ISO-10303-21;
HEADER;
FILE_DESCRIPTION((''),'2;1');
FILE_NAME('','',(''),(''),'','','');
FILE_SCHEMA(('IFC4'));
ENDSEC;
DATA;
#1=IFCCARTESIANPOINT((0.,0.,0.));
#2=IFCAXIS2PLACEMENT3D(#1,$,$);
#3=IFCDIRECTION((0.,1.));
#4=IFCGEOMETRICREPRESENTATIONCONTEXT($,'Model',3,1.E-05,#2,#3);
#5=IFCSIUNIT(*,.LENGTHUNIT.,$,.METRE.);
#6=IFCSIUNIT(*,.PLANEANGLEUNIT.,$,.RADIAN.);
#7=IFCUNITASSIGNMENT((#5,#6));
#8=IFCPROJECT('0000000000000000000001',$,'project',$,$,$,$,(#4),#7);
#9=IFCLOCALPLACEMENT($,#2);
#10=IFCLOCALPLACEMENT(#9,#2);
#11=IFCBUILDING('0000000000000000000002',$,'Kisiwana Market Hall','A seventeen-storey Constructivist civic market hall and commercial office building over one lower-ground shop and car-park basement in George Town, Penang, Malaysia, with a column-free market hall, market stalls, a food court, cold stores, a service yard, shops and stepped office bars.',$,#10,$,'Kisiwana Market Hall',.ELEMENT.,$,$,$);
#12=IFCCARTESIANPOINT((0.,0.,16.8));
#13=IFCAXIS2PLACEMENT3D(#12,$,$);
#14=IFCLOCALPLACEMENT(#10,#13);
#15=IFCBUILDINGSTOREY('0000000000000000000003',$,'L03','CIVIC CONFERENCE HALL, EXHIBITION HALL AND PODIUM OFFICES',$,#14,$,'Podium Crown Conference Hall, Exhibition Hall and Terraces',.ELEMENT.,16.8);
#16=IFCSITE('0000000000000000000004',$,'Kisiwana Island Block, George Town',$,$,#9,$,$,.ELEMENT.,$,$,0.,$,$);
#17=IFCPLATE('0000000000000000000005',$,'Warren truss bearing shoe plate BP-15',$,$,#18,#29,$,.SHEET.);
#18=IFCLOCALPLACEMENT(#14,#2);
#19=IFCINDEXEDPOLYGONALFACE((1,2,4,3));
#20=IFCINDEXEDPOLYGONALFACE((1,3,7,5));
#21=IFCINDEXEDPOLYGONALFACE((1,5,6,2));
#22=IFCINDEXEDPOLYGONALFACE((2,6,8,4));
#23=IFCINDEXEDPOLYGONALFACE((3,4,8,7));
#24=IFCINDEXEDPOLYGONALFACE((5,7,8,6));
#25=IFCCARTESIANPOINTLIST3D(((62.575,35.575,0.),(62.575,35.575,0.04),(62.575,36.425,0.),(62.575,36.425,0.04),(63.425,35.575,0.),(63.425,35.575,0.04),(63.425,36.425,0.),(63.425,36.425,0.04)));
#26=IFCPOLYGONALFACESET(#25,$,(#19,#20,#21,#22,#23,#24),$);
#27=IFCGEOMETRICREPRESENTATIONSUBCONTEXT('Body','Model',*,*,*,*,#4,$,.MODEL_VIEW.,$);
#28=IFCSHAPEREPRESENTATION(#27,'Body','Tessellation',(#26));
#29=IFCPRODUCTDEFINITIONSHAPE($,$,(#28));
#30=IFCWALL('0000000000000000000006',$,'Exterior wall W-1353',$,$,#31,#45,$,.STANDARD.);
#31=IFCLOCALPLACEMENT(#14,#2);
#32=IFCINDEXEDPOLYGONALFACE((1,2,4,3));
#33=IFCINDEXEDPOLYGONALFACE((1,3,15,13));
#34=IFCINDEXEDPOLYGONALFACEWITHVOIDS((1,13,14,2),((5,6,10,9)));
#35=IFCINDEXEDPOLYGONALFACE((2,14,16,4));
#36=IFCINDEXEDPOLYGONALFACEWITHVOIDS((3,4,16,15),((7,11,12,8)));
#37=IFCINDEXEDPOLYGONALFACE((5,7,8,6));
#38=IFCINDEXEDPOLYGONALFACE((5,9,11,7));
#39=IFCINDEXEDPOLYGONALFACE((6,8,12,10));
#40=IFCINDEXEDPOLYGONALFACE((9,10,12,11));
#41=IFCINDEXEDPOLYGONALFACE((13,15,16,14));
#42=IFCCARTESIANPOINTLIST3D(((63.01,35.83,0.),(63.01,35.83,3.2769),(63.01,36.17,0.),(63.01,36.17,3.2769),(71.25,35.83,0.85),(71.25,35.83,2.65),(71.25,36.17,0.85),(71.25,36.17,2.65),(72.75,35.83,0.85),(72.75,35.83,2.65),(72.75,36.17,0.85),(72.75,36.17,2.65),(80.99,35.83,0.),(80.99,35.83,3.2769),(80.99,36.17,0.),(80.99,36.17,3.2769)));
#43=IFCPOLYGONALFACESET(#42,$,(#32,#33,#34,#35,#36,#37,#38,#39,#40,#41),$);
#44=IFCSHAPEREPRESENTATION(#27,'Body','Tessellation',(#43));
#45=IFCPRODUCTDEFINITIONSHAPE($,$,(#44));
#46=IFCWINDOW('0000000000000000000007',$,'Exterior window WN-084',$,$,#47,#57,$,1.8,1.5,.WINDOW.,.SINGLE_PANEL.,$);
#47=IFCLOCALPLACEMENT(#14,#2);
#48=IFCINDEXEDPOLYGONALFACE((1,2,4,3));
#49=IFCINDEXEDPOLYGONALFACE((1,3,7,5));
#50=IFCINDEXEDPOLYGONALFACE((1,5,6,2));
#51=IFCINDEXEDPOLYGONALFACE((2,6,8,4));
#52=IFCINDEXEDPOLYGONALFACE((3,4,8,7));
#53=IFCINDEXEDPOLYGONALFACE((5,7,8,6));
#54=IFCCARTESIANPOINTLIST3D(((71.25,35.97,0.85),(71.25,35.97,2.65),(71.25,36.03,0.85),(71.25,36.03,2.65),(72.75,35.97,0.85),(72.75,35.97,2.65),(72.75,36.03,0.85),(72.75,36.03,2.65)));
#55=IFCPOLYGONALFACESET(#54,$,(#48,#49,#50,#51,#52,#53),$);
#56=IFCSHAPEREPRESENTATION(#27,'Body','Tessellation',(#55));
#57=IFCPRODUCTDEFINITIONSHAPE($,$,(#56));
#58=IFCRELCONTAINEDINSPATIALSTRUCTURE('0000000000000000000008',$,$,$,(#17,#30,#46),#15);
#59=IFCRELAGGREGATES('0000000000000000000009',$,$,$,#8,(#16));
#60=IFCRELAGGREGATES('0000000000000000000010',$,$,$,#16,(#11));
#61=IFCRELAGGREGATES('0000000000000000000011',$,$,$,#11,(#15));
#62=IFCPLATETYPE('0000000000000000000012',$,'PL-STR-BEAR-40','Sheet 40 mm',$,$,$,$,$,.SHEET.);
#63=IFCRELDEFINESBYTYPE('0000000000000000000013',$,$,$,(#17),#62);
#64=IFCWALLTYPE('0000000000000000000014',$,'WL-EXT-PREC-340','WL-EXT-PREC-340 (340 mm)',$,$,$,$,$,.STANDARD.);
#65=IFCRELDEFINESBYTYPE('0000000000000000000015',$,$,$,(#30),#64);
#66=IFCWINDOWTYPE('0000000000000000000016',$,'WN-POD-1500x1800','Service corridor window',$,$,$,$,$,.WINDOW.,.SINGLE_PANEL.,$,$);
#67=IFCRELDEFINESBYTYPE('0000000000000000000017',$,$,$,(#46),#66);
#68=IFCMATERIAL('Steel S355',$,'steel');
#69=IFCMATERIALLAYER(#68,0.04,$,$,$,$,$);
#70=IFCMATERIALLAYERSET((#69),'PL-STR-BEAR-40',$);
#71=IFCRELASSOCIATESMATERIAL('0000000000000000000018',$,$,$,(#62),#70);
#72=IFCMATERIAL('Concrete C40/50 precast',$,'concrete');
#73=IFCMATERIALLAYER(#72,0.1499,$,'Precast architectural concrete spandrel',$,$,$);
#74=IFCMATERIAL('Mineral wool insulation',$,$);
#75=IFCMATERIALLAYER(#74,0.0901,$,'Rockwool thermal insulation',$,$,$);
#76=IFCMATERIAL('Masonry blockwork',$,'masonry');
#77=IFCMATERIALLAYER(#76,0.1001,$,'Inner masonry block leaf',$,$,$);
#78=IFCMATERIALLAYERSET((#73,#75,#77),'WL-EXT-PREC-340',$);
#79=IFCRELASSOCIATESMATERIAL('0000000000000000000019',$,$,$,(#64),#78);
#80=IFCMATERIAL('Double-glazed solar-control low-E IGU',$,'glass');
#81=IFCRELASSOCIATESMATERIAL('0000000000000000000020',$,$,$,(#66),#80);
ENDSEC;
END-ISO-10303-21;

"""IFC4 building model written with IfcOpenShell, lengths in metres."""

from ifc_helpers import new_model, si_unit, direction, frame, frame_2d, origin, origin_2d, place, context, subcontext, project, spatial, rectangle, extrude, material, layer, layer_set, type_object, element, fill, save


model = new_model("IFC4")

# Units and contexts
model_context = context("Model", 3, precision=1e-05, world=origin(), true_north=direction((0.0, 1.0)))
body_context = subcontext(model_context, "Body", "Model", "MODEL_VIEW")
ifc_project = project(units=[si_unit("LENGTHUNIT", "METRE"), si_unit("PLANEANGLEUNIT", "RADIAN")], contexts=[model_context])

# Site, building, storey
site_placement = place(None, origin())
site = spatial("IfcSite", under=ifc_project, at=site_placement, Name="Kisiwana Island Block, George Town", CompositionType="ELEMENT", RefElevation=0.0)
building_placement = place(site_placement, origin())
building = spatial("IfcBuilding", under=site, at=building_placement, Name="Kisiwana Market Hall", Description="A seventeen-storey Constructivist civic market hall and commercial office building over one lower-ground shop and car-park basement in George Town, Penang, Malaysia, with a column-free market hall, market stalls, a food court, cold stores, a service yard, shops and stepped office bars.", LongName="Kisiwana Market Hall", CompositionType="ELEMENT")
storey_placement = place(building_placement, frame((0.0, 0.0, 16.8)))
storey = spatial("IfcBuildingStorey", under=building, at=storey_placement, Name="L03", Description="CIVIC CONFERENCE HALL, EXHIBITION HALL AND PODIUM OFFICES", LongName="Podium Crown Conference Hall, Exhibition Hall and Terraces", CompositionType="ELEMENT", Elevation=16.8)

# Plate
ifc_material_1 = material(Name="Steel S355", Category="steel")
ifc_layer_1 = layer(ifc_material_1, 0.04)
ifc_layer_set_1 = layer_set([ifc_layer_1], Name="PL-STR-BEAR-40")
plate_type = type_object("IfcPlateType", Name="PL-STR-BEAR-40", Description="Sheet 40 mm", PredefinedType="SHEET", material=ifc_layer_set_1)
plate_placement = place(storey_placement, frame((63.0, 36.0, 0.0), z_axis=(0.0, 0.0, 1.0), x_axis=(1.0, 0.0, 0.0)))
element("IfcPlate", 1, at=plate_placement, inside=storey, type_object=plate_type, Name="Warren truss bearing shoe plate BP-15", PredefinedType="SHEET", context=body_context, shape_type="SweptSolid", body=[
    extrude(rectangle(XDim=0.8501, YDim=0.8501, at=origin_2d()), origin(), (0.0, 0.0, 1.0), 0.04),
])

# Wall, opening, window
ifc_material_2 = material(Name="Concrete C40/50 precast", Category="concrete")
ifc_layer_2 = layer(ifc_material_2, 0.1499, Name="Precast architectural concrete spandrel")
ifc_material_3 = material(Name="Mineral wool insulation")
ifc_layer_3 = layer(ifc_material_3, 0.0901, Name="Rockwool thermal insulation")
ifc_material_4 = material(Name="Masonry blockwork", Category="masonry")
ifc_layer_4 = layer(ifc_material_4, 0.1001, Name="Inner masonry block leaf")
ifc_layer_set_2 = layer_set([ifc_layer_2, ifc_layer_3, ifc_layer_4], Name="WL-EXT-PREC-340")
wall_type = type_object("IfcWallType", Name="WL-EXT-PREC-340", Description="WL-EXT-PREC-340 (340 mm)", PredefinedType="STANDARD", material=ifc_layer_set_2)
wall_placement = place(storey_placement, frame((63.01, 36.0, 0.0), z_axis=(0.0, 0.0, 1.0), x_axis=(1.0, 0.0, 0.0)))
wall = element("IfcWall", 2, at=wall_placement, inside=storey, type_object=wall_type, Name="Exterior wall W-1353", PredefinedType="STANDARD", context=body_context, shape_type="SweptSolid", body=[
    extrude(rectangle(XDim=17.98, YDim=0.3401, at=frame_2d((8.99, 0.0))), origin(), (0.0, 0.0, 1.0), 3.2769),
])
opening_placement = place(wall_placement, frame((8.24, 0.0, 0.8501)))
opening = element("IfcOpeningElement", 3, at=opening_placement, cuts=wall, PredefinedType="OPENING", context=body_context, shape_type="SweptSolid", body=[
    extrude(rectangle(XDim=1.5, YDim=1.8, at=frame_2d((0.75, 0.8999))), frame((0.0, 0.1821, 0.0), z_axis=(0.0, -1.0, 0.0), x_axis=(1.0, 0.0, 0.0)), (0.0, 0.0, 1.0), 0.364),
])
ifc_material_5 = material(Name="Double-glazed solar-control low-E IGU", Category="glass")
window_type = type_object("IfcWindowType", Name="WN-POD-1500x1800", Description="Service corridor window", PartitioningType="SINGLE_PANEL", PredefinedType="WINDOW", material=ifc_material_5)
window_placement = place(opening_placement, origin())
window = element("IfcWindow", 4, at=window_placement, inside=storey, type_object=window_type, Name="Exterior window WN-084", OverallHeight=1.8, OverallWidth=1.5, PartitioningType="SINGLE_PANEL", PredefinedType="WINDOW", context=body_context, shape_type="SweptSolid", body=[
    extrude(rectangle(XDim=1.5, YDim=1.8, at=frame_2d((0.75, 0.8999))), frame((0.0, 0.03, 0.0), z_axis=(0.0, -1.0, 0.0), x_axis=(1.0, 0.0, 0.0)), (0.0, 0.0, 1.0), 0.0601),
])
fill(opening, window)

save(model, "model.ifc")
